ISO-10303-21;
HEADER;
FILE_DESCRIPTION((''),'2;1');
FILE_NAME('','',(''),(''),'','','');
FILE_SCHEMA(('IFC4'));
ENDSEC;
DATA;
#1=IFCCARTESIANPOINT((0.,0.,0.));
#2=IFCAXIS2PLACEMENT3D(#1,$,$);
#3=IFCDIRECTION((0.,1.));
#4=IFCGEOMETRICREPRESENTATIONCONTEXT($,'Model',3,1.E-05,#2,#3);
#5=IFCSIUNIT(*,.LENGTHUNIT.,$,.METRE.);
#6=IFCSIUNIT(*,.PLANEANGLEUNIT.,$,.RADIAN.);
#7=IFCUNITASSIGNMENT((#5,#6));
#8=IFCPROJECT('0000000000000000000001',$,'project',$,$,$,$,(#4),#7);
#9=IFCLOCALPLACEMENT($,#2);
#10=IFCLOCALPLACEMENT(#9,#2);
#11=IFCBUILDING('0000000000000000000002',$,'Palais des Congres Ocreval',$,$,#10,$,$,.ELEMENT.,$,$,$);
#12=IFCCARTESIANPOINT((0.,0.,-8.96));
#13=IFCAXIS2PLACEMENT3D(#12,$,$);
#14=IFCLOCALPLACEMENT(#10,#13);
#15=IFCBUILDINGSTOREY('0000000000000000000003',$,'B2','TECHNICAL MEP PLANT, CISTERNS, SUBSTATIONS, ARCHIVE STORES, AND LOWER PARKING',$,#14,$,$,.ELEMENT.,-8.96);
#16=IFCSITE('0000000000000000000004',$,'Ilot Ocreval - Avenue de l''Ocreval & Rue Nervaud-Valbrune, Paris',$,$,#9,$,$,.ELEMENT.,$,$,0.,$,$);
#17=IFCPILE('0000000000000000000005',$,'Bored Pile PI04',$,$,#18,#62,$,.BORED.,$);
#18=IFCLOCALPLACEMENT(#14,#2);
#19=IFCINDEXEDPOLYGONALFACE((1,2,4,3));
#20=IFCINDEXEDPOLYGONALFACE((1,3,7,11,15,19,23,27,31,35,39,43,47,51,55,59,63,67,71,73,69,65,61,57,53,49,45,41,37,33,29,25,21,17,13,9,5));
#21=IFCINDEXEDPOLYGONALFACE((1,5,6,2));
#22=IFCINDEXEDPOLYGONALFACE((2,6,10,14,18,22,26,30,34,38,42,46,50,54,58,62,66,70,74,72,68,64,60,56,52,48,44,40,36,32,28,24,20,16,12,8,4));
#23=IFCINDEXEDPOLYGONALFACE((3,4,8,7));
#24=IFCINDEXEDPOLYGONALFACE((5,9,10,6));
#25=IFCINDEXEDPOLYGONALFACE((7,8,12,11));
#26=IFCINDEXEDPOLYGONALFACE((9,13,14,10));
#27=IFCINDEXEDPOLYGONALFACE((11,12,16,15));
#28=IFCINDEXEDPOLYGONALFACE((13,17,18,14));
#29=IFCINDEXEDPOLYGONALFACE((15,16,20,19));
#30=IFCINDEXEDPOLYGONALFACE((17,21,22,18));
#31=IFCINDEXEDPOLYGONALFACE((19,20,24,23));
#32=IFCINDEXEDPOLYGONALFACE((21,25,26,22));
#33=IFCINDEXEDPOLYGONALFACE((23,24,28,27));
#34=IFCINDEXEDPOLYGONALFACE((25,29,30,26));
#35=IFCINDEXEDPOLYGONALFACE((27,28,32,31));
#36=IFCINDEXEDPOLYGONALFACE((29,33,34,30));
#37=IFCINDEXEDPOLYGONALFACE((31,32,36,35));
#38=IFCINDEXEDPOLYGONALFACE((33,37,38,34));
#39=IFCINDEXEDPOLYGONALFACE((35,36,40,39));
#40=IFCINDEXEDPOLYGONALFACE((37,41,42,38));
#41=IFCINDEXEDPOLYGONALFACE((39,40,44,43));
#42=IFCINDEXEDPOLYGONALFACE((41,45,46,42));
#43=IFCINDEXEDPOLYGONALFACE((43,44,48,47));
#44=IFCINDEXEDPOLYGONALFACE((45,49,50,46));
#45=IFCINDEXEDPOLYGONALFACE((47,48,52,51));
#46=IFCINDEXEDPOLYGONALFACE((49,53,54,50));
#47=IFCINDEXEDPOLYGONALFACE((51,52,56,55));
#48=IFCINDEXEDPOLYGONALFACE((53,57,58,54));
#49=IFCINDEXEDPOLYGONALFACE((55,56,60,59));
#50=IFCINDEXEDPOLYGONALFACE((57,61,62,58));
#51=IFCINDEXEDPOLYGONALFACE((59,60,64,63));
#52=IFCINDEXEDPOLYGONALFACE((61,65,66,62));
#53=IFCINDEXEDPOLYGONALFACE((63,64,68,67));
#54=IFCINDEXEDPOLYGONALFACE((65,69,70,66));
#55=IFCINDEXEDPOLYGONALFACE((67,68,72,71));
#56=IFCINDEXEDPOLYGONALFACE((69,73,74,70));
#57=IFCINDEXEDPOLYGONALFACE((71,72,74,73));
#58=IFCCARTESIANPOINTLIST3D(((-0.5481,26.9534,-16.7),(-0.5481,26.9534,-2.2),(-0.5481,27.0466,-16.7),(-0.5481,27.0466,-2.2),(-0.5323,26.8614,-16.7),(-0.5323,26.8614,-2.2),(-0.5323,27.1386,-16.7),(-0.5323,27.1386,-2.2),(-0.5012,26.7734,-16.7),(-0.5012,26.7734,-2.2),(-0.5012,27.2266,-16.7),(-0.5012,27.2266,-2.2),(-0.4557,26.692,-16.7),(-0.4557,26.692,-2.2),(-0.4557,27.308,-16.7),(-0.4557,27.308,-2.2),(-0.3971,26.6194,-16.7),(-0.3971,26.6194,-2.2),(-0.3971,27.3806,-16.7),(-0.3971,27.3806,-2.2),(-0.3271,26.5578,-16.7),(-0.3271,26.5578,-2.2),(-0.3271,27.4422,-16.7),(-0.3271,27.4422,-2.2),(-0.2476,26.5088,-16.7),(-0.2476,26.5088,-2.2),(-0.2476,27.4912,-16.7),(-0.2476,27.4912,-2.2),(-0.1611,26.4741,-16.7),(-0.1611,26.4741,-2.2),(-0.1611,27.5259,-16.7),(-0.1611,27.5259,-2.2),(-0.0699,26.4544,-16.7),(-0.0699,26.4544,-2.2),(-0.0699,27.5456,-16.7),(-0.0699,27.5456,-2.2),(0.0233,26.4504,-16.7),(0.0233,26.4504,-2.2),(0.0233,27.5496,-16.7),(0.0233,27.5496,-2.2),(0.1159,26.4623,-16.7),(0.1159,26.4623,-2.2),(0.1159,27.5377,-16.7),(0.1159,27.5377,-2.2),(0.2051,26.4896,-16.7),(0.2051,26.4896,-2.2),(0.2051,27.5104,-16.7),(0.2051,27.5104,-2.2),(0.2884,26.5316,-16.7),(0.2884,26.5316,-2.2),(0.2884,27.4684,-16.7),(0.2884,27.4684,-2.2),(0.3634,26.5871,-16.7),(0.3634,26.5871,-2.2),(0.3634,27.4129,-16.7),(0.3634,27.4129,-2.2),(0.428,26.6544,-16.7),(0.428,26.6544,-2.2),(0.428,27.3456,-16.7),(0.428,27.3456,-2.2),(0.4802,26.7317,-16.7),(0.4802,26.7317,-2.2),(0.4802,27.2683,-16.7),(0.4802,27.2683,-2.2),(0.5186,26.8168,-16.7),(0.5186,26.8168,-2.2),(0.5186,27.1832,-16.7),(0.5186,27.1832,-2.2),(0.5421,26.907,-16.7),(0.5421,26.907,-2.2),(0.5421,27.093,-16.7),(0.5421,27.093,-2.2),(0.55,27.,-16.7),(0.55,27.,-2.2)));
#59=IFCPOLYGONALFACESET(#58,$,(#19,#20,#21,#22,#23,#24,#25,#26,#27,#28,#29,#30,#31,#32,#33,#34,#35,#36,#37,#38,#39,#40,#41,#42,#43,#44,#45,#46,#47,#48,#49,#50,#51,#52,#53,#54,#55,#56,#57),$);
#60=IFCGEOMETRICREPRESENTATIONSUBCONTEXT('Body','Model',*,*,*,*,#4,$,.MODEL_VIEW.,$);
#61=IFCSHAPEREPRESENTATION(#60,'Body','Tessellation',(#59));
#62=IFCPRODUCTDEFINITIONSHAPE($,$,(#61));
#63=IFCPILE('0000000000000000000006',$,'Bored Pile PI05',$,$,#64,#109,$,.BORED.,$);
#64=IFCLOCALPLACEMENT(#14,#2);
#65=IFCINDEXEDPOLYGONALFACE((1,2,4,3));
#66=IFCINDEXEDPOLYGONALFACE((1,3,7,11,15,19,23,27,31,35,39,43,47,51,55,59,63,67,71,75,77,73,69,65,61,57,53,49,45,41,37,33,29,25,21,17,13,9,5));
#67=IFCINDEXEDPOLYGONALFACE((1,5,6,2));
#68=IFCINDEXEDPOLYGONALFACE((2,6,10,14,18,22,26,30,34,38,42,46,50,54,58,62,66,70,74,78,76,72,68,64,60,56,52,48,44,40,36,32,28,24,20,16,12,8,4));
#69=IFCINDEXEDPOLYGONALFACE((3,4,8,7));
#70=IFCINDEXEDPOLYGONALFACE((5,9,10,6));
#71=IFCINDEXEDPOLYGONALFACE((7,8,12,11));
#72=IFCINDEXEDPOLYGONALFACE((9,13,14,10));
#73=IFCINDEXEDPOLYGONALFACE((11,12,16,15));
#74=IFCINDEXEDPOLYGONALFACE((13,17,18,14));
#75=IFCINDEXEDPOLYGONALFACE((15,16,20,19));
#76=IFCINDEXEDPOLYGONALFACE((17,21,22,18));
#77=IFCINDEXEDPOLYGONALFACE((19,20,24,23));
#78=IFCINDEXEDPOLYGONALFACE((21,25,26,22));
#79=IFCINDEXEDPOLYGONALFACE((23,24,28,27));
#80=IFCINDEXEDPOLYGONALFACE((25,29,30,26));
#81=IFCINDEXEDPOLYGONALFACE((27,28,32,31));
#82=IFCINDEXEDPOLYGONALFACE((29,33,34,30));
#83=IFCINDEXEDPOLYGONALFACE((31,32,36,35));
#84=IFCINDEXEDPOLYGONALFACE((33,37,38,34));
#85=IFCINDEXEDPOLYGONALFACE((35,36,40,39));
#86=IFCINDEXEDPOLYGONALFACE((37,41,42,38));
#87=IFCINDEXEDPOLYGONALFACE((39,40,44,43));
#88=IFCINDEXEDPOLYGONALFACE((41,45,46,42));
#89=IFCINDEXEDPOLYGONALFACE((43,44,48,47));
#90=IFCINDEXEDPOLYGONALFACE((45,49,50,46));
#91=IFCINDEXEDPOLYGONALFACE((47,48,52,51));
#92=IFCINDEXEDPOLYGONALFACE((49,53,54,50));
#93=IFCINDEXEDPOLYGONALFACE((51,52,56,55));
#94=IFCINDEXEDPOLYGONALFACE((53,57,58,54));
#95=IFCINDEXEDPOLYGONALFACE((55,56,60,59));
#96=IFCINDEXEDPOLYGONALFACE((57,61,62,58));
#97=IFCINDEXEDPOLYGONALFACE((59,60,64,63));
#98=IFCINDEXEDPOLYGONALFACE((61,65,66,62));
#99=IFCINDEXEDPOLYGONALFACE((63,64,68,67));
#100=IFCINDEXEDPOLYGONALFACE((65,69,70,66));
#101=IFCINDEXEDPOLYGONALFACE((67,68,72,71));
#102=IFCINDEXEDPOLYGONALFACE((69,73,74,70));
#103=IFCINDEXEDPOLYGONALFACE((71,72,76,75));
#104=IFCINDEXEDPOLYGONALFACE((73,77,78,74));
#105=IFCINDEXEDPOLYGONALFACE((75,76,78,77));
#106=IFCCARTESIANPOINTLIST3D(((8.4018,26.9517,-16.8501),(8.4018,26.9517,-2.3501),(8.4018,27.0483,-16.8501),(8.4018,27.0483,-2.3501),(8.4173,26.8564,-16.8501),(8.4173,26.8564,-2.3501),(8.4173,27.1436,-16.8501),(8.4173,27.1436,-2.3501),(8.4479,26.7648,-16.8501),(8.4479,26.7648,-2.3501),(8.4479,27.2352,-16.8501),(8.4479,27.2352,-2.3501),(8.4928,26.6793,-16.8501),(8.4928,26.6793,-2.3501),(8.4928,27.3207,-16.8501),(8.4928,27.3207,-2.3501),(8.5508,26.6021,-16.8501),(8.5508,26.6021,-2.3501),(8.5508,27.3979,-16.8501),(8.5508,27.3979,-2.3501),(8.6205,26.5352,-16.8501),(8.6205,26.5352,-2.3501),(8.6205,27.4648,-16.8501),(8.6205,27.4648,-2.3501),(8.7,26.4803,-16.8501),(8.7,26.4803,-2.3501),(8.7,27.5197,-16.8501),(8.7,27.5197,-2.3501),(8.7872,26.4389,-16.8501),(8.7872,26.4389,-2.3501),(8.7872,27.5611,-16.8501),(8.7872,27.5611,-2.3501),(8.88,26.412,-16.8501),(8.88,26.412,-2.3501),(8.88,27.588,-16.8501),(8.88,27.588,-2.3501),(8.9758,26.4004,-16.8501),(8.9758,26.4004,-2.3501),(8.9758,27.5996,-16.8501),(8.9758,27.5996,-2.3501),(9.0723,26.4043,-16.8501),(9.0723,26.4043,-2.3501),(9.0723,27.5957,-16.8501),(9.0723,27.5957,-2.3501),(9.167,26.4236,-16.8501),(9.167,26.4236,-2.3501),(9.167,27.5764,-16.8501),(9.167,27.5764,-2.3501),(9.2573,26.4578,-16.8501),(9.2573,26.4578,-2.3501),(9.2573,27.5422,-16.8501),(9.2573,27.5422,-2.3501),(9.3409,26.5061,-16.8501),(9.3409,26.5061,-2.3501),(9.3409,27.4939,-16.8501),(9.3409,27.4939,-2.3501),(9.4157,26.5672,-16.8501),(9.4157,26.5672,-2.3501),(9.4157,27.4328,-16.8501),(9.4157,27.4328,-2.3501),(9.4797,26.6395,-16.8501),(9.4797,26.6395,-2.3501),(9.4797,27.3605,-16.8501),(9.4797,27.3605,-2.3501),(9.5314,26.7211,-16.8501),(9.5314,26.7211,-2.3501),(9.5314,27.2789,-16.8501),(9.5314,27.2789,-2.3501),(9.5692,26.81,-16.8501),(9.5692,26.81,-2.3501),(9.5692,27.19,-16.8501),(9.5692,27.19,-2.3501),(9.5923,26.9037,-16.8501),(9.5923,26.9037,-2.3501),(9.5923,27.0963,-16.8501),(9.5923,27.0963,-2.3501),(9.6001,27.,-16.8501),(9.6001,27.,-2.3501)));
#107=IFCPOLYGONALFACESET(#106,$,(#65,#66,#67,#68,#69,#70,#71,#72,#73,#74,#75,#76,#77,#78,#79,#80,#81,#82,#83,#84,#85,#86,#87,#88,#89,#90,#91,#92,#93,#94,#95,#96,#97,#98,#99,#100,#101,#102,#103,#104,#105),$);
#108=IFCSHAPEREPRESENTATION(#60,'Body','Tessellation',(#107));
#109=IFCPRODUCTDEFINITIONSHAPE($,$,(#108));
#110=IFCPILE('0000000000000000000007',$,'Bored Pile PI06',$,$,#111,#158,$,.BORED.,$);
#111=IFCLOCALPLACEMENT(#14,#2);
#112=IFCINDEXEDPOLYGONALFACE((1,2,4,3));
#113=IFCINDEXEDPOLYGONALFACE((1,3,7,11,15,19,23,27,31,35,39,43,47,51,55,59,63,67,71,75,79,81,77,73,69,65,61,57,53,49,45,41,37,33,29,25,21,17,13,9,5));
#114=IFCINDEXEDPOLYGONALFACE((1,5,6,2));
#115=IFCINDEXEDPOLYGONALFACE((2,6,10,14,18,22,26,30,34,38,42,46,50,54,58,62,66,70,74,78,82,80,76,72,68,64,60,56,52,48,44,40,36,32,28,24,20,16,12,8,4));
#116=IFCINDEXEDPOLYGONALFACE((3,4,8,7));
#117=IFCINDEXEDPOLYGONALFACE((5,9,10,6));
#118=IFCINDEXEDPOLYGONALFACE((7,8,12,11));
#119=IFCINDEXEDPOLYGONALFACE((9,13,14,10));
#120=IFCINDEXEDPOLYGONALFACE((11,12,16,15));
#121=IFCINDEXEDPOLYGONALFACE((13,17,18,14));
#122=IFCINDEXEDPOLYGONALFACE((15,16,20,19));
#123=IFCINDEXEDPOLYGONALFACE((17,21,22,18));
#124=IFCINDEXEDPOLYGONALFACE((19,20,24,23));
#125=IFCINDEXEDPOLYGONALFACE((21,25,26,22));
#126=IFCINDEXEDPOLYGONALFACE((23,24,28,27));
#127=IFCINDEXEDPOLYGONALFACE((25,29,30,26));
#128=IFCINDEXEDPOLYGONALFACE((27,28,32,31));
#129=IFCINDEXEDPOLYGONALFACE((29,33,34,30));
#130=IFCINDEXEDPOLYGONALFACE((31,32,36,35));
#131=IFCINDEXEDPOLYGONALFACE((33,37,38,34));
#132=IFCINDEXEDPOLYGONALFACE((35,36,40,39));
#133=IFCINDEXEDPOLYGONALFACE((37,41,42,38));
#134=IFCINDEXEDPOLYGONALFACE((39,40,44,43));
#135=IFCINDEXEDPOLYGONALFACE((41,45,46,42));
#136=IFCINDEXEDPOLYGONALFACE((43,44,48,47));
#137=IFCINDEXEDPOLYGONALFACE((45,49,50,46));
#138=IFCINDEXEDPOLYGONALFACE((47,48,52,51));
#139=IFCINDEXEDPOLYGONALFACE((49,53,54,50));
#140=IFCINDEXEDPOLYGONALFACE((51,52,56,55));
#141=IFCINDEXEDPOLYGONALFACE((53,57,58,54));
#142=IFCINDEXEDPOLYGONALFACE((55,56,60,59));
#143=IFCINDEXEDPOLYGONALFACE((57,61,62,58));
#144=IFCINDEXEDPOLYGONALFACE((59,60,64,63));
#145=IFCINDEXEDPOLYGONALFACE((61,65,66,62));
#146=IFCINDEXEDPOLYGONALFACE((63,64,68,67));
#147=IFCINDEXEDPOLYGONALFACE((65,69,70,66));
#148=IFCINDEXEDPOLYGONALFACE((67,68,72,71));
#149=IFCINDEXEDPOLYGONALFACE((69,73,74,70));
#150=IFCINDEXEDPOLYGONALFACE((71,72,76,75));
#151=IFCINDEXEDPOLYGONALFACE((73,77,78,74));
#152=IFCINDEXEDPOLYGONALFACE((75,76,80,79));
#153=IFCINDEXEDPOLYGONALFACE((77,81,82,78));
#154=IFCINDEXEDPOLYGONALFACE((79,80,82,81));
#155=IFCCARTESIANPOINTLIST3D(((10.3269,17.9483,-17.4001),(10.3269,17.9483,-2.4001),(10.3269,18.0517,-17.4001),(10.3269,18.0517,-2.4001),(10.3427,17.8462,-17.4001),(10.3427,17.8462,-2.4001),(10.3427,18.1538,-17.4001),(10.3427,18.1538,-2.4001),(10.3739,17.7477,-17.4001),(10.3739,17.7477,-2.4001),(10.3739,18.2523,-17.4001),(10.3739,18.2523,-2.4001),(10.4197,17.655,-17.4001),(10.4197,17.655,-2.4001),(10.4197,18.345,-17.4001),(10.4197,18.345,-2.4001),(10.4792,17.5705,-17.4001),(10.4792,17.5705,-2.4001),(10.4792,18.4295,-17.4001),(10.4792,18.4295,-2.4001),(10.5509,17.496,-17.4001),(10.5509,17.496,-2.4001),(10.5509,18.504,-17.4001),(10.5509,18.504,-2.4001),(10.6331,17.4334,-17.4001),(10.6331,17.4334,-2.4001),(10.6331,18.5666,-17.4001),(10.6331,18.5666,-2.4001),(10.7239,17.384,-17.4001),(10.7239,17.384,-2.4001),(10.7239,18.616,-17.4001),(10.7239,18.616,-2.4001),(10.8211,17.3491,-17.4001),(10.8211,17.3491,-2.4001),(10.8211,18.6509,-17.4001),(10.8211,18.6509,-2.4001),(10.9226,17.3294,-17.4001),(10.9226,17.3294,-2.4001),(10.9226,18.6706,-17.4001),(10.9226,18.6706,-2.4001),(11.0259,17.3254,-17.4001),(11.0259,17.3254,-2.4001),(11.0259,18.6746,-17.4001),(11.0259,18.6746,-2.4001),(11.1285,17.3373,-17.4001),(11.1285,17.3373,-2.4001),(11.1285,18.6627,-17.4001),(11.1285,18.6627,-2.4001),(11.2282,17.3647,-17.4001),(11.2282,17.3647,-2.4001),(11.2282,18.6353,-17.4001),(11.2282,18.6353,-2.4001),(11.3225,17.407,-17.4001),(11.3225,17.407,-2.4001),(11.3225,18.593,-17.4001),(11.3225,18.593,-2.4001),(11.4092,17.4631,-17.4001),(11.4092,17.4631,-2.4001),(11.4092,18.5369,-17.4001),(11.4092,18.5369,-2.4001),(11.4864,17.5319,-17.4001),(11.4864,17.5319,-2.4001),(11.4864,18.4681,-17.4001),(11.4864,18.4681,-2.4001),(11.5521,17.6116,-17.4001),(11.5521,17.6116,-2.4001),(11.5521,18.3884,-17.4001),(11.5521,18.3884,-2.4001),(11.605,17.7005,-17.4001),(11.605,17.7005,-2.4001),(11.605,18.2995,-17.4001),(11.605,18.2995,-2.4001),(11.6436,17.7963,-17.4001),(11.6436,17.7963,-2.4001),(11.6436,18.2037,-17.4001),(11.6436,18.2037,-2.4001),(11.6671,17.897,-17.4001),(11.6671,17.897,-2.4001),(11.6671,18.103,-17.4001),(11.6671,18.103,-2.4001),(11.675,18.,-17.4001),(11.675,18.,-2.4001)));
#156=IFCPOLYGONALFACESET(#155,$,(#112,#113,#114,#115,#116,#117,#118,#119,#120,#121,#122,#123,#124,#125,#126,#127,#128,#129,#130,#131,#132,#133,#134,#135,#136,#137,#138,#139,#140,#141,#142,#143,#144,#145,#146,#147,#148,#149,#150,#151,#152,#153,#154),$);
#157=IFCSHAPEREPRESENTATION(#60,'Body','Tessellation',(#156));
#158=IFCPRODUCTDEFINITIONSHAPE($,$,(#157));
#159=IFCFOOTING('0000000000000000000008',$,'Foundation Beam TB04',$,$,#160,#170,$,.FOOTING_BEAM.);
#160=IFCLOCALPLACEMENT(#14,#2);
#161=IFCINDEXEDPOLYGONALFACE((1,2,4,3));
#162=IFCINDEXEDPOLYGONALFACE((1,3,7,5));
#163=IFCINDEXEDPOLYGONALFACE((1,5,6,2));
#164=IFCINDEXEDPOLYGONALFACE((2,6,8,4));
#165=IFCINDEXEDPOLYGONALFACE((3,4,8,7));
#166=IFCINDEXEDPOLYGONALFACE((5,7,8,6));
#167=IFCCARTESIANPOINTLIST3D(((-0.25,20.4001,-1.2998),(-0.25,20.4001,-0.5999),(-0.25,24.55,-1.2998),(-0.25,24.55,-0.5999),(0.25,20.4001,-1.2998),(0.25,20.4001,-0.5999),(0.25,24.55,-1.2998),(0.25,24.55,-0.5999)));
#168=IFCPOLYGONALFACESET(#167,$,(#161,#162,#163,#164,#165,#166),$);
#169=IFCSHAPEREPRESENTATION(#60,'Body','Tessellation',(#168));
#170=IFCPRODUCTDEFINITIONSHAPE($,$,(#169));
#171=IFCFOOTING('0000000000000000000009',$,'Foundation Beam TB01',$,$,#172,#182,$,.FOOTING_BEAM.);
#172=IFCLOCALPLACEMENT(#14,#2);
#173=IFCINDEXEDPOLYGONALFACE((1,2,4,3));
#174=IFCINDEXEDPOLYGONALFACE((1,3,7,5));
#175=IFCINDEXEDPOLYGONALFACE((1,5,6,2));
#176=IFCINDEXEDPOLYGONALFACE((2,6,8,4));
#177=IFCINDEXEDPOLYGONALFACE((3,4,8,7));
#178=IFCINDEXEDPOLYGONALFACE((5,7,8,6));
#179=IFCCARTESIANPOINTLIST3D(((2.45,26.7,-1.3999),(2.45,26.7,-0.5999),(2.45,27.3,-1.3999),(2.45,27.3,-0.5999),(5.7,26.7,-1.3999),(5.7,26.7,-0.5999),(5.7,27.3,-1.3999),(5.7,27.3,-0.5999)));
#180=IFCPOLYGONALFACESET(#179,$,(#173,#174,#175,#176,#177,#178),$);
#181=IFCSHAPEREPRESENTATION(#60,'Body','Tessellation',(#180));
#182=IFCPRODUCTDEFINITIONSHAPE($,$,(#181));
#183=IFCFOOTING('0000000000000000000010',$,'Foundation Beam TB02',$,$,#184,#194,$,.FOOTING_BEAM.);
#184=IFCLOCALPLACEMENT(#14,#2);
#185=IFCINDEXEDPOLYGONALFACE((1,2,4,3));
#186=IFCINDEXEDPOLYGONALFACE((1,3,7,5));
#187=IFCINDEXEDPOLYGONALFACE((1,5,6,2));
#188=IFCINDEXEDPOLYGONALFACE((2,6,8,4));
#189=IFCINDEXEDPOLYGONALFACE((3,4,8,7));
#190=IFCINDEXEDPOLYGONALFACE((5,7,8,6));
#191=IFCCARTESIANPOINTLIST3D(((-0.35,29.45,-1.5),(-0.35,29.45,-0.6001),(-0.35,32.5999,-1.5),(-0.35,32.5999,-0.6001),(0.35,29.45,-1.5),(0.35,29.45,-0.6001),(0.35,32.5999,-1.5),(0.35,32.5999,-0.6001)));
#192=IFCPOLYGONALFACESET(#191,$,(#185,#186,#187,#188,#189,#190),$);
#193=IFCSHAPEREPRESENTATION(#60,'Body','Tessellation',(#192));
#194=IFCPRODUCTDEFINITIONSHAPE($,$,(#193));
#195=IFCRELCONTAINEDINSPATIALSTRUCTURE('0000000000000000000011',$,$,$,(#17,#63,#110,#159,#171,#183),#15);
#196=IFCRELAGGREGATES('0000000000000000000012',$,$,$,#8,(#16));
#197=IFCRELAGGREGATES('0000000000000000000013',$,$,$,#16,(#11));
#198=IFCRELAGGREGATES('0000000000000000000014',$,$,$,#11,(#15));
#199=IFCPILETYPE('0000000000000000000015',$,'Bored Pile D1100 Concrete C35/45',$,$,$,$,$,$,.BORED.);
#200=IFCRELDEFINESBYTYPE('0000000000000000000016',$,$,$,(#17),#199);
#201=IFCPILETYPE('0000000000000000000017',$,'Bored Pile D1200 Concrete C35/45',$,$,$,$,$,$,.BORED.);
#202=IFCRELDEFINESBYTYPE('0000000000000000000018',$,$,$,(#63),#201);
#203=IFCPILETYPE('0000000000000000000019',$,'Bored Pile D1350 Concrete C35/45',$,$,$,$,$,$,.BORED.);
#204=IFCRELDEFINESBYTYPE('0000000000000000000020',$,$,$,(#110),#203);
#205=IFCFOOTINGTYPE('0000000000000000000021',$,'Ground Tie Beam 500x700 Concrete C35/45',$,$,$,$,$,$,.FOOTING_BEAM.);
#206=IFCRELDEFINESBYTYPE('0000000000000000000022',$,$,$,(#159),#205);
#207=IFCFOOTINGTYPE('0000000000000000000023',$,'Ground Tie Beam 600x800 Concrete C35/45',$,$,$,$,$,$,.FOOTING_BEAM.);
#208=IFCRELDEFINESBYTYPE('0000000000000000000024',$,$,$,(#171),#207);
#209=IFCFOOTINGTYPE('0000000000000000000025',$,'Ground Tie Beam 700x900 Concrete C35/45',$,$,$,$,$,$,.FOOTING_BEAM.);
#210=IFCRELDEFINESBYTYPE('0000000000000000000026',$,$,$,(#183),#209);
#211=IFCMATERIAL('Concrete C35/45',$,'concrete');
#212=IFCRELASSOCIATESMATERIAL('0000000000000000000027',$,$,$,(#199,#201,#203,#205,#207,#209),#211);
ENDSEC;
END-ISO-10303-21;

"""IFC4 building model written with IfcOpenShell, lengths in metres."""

from ifc_helpers import new_model, si_unit, direction, frame, origin, origin_2d, place, context, subcontext, project, spatial, rectangle, circle, extrude, material, material_profile, profile_set, type_object, element, save


model = new_model("IFC4")

# Units and contexts
model_context = context("Model", 3, precision=1e-05, world=origin(), true_north=direction((0.0, 1.0)))
body_context = subcontext(model_context, "Body", "Model", "MODEL_VIEW")
ifc_project = project(units=[si_unit("LENGTHUNIT", "METRE"), si_unit("PLANEANGLEUNIT", "RADIAN")], contexts=[model_context])

# Site, building, storey
site_placement = place(None, origin())
site = spatial("IfcSite", under=ifc_project, at=site_placement, Name="Ilot Ocreval - Avenue de l'Ocreval & Rue Nervaud-Valbrune, Paris", CompositionType="ELEMENT", RefElevation=0.0)
building_placement = place(site_placement, origin())
building = spatial("IfcBuilding", under=site, at=building_placement, Name="Palais des Congres Ocreval", CompositionType="ELEMENT")
storey_placement = place(building_placement, frame((0.0, 0.0, -8.96)))
storey = spatial("IfcBuildingStorey", under=building, at=storey_placement, Name="B2", Description="TECHNICAL MEP PLANT, CISTERNS, SUBSTATIONS, ARCHIVE STORES, AND LOWER PARKING", CompositionType="ELEMENT", Elevation=-8.96)

# Piles
ifc_material_1 = material(Name="Concrete C35/45", Category="concrete")
ifc_material_profile_1 = material_profile(ifc_material_1, circle(Radius=0.55, at=origin_2d()), Name="BORED PILE 1100")
ifc_profile_set_1 = profile_set([ifc_material_profile_1], Name="Concrete C35/45")
pile_type_1 = type_object("IfcPileType", Name="Bored Pile D1100 Concrete C35/45", PredefinedType="BORED", material=ifc_profile_set_1)
pile_1_placement = place(storey_placement, frame((0.0, 27.0, -2.2), z_axis=(0.0, 0.0, -1.0), x_axis=(1.0, 0.0, 0.0)))
element("IfcPile", 1, at=pile_1_placement, inside=storey, type_object=pile_type_1, Name="Bored Pile PI04", PredefinedType="BORED", context=body_context, shape_type="SweptSolid", body=[
    extrude(circle(Radius=0.55, at=origin_2d()), origin(), (0.0, 0.0, 1.0), 14.5),
])
ifc_material_profile_2 = material_profile(ifc_material_1, circle(Radius=0.6001, at=origin_2d()), Name="BORED PILE 1200")
ifc_profile_set_2 = profile_set([ifc_material_profile_2], Name="Concrete C35/45")
pile_type_2 = type_object("IfcPileType", Name="Bored Pile D1200 Concrete C35/45", PredefinedType="BORED", material=ifc_profile_set_2)
pile_2_placement = place(storey_placement, frame((9.0, 27.0, -2.3501), z_axis=(0.0, 0.0, -1.0), x_axis=(1.0, 0.0, 0.0)))
element("IfcPile", 2, at=pile_2_placement, inside=storey, type_object=pile_type_2, Name="Bored Pile PI05", PredefinedType="BORED", context=body_context, shape_type="SweptSolid", body=[
    extrude(circle(Radius=0.6001, at=origin_2d()), origin(), (0.0, 0.0, 1.0), 14.5),
])
ifc_material_profile_3 = material_profile(ifc_material_1, circle(Radius=0.675, at=origin_2d()), Name="BORED PILE 1350")
ifc_profile_set_3 = profile_set([ifc_material_profile_3], Name="Concrete C35/45")
pile_type_3 = type_object("IfcPileType", Name="Bored Pile D1350 Concrete C35/45", PredefinedType="BORED", material=ifc_profile_set_3)
pile_3_placement = place(storey_placement, frame((11.0, 18.0, -2.4001), z_axis=(0.0, 0.0, -1.0), x_axis=(1.0, 0.0, 0.0)))
element("IfcPile", 3, at=pile_3_placement, inside=storey, type_object=pile_type_3, Name="Bored Pile PI06", PredefinedType="BORED", context=body_context, shape_type="SweptSolid", body=[
    extrude(circle(Radius=0.675, at=origin_2d()), origin(), (0.0, 0.0, 1.0), 15.0),
])

# Footings
footing_type_1 = type_object("IfcFootingType", Name="Ground Tie Beam 500x700 Concrete C35/45", PredefinedType="FOOTING_BEAM", material=ifc_material_1)
footing_1_placement = place(storey_placement, frame((0.0, 22.4751, -1.2998), z_axis=(0.0, 0.0, 1.0), x_axis=(0.0, 1.0, 0.0)))
element("IfcFooting", 4, at=footing_1_placement, inside=storey, type_object=footing_type_1, Name="Foundation Beam TB04", PredefinedType="FOOTING_BEAM", context=body_context, shape_type="SweptSolid", body=[
    extrude(rectangle(XDim=4.1499, YDim=0.5, at=origin_2d()), origin(), (0.0, 0.0, 1.0), 0.7),
])
footing_type_2 = type_object("IfcFootingType", Name="Ground Tie Beam 600x800 Concrete C35/45", PredefinedType="FOOTING_BEAM", material=ifc_material_1)
footing_2_placement = place(storey_placement, frame((4.075, 27.0, -1.3999), z_axis=(0.0, 0.0, 1.0), x_axis=(1.0, 0.0, 0.0)))
element("IfcFooting", 5, at=footing_2_placement, inside=storey, type_object=footing_type_2, Name="Foundation Beam TB01", PredefinedType="FOOTING_BEAM", context=body_context, shape_type="SweptSolid", body=[
    extrude(rectangle(XDim=3.25, YDim=0.6001, at=origin_2d()), origin(), (0.0, 0.0, 1.0), 0.8),
])
footing_type_3 = type_object("IfcFootingType", Name="Ground Tie Beam 700x900 Concrete C35/45", PredefinedType="FOOTING_BEAM", material=ifc_material_1)
footing_3_placement = place(storey_placement, frame((0.0, 31.0249, -1.5), z_axis=(0.0, 0.0, 1.0), x_axis=(0.0, 1.0, 0.0)))
element("IfcFooting", 6, at=footing_3_placement, inside=storey, type_object=footing_type_3, Name="Foundation Beam TB02", PredefinedType="FOOTING_BEAM", context=body_context, shape_type="SweptSolid", body=[
    extrude(rectangle(XDim=3.1499, YDim=0.7, at=origin_2d()), origin(), (0.0, 0.0, 1.0), 0.8999),
])

save(model, "model.ifc")
